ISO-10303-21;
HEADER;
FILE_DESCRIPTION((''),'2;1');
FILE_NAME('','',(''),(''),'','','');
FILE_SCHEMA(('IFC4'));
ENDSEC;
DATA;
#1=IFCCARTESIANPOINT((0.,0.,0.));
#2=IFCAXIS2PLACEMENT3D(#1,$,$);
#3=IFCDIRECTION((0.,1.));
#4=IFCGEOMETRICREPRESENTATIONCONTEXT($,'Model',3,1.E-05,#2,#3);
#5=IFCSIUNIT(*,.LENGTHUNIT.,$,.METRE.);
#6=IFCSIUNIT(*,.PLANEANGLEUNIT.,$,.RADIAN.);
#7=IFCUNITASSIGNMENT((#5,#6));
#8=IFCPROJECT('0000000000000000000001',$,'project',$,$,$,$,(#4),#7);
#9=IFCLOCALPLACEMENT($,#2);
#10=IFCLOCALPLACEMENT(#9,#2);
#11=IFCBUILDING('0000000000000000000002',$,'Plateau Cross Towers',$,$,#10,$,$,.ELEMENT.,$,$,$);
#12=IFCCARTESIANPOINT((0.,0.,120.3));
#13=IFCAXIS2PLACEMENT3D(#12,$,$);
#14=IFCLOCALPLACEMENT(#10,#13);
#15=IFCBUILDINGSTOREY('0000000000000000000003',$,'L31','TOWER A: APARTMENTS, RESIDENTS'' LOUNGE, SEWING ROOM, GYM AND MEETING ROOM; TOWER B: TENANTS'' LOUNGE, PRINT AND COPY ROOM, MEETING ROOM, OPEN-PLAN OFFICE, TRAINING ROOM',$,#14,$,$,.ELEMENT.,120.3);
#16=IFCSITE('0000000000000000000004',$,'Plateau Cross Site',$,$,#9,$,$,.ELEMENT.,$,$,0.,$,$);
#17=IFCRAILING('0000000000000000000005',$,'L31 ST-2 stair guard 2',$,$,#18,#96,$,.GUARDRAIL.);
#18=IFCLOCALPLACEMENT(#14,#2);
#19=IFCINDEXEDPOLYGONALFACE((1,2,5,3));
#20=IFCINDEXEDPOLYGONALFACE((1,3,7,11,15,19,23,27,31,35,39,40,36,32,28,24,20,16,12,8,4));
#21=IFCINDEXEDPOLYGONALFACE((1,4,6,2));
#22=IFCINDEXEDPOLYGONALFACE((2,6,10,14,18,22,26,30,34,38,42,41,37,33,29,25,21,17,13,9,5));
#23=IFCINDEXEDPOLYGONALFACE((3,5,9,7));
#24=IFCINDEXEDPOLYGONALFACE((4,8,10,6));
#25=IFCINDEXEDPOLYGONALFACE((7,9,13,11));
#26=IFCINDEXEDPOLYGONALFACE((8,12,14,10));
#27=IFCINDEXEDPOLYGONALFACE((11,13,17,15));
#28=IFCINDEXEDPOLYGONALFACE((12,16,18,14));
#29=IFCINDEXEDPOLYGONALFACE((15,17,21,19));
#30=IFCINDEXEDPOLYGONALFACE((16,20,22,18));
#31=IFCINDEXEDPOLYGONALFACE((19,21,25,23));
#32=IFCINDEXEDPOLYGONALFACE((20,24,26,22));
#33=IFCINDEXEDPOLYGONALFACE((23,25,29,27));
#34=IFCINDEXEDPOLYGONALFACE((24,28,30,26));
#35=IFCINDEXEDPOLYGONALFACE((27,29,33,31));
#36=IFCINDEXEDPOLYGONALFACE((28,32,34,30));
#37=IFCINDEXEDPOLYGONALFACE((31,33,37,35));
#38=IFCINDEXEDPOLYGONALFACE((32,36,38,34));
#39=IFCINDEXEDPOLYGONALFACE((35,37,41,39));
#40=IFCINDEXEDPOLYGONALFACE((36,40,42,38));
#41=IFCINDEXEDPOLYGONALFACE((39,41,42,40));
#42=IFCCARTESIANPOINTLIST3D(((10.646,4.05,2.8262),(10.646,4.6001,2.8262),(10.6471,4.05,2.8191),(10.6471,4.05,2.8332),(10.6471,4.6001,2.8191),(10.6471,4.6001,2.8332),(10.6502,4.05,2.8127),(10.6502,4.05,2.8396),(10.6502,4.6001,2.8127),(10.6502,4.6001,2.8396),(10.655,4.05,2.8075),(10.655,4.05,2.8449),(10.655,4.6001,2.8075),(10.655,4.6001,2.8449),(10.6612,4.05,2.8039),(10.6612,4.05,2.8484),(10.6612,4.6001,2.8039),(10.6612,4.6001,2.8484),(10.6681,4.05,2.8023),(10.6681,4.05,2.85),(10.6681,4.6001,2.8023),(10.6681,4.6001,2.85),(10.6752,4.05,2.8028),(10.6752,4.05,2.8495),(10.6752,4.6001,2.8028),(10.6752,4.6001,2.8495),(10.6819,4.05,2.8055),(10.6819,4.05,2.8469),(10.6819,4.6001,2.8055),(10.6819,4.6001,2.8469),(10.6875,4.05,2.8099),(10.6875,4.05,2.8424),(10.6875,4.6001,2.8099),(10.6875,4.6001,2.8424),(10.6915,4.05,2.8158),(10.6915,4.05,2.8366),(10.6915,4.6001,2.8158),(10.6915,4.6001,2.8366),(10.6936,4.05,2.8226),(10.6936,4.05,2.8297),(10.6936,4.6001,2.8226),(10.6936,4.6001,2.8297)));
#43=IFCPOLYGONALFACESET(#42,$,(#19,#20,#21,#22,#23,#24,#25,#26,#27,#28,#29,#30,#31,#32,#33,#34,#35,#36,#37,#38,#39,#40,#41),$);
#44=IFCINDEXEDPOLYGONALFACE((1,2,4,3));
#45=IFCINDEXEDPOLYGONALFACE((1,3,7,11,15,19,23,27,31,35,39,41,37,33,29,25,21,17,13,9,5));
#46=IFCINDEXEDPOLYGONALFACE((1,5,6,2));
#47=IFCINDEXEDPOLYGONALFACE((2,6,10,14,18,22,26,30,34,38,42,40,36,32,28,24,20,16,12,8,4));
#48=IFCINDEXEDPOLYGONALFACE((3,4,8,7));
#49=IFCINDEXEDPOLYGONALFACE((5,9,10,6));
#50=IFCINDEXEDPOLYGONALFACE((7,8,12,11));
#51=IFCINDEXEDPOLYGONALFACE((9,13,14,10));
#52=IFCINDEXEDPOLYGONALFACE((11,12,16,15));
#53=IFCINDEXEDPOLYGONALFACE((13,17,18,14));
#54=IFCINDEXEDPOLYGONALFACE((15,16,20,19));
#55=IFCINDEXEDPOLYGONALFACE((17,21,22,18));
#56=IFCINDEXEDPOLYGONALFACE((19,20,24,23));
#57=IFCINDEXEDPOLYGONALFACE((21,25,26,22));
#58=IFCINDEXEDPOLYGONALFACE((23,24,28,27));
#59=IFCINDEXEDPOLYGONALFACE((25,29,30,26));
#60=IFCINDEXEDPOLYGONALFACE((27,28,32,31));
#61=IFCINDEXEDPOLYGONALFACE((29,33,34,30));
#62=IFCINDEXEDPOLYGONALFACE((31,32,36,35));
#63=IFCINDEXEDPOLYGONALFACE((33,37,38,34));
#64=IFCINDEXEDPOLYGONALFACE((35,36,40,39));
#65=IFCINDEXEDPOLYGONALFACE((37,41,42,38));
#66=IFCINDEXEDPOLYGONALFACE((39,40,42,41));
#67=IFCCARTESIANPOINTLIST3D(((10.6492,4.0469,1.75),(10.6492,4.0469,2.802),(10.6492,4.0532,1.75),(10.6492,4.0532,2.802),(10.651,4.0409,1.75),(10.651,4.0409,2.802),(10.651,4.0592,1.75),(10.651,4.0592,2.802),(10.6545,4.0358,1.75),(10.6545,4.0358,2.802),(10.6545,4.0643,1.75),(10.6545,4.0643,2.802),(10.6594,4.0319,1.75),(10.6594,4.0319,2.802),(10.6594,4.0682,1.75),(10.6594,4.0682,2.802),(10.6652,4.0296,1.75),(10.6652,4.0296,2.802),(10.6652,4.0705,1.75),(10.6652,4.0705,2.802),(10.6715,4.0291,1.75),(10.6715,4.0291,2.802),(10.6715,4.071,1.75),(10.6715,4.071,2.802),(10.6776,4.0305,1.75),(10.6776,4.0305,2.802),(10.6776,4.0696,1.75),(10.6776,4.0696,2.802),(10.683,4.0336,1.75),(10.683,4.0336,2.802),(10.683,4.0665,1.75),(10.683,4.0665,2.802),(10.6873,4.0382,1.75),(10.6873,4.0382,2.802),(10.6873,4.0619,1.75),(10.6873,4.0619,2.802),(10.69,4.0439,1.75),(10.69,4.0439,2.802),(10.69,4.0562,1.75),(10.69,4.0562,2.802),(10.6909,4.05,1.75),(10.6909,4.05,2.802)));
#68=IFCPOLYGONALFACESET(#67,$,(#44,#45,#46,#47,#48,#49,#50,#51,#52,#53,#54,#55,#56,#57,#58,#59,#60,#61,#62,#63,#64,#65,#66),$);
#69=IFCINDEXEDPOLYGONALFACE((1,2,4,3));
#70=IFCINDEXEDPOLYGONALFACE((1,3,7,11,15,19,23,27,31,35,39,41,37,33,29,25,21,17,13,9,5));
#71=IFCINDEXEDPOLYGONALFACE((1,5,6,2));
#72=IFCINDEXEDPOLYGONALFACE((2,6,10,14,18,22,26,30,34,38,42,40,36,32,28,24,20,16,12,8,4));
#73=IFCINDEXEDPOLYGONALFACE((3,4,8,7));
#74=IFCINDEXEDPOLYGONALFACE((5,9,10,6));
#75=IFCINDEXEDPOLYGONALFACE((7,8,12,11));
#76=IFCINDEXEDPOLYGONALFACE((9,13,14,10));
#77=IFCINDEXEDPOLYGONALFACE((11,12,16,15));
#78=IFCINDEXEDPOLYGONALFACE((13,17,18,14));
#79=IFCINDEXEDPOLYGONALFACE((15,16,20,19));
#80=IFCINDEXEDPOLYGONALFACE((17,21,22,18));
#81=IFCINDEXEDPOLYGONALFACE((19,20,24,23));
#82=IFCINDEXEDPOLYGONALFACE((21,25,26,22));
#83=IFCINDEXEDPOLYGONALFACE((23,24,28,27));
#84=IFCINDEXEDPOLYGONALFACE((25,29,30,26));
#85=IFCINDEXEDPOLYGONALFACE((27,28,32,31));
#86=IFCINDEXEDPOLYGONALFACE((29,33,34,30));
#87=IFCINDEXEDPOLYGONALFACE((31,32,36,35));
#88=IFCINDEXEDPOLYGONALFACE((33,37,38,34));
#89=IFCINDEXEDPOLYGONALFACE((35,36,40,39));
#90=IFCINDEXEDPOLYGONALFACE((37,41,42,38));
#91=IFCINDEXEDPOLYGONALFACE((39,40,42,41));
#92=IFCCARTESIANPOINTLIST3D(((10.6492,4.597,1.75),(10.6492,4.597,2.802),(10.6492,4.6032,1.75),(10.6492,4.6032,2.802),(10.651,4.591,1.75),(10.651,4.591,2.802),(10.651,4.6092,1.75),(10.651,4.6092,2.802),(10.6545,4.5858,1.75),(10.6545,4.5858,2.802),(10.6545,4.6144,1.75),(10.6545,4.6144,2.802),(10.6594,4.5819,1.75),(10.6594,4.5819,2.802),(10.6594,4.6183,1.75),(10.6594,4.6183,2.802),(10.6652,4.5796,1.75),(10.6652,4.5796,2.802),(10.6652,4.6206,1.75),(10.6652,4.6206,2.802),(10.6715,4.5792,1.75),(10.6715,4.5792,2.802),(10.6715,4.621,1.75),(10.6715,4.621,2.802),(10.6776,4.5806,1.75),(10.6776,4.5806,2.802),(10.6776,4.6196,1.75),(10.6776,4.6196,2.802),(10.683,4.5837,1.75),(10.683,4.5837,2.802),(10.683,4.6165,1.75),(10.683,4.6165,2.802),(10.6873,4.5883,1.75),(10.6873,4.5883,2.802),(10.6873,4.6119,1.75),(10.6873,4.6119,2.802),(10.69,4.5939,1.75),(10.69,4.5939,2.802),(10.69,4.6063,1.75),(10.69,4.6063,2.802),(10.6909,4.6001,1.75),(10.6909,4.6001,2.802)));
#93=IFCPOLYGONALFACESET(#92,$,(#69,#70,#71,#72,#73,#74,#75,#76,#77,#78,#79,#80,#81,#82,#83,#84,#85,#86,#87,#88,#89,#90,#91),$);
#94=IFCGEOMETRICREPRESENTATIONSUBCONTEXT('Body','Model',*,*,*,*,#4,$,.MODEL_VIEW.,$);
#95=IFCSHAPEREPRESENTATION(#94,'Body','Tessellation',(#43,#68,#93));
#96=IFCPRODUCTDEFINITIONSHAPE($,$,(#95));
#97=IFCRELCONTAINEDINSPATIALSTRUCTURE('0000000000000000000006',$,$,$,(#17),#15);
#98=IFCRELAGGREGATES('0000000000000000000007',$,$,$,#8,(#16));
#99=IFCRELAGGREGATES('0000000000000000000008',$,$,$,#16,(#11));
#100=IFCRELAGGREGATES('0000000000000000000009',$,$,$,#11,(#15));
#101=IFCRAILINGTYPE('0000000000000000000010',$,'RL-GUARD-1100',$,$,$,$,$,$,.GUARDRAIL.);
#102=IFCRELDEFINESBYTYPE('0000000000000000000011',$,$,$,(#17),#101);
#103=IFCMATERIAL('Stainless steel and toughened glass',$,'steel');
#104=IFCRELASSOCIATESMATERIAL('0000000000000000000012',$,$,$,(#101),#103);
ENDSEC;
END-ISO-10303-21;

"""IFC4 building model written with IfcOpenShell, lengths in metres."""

from ifc_helpers import new_model, si_unit, direction, frame, origin, origin_2d, place, context, subcontext, project, spatial, circle, extrude, material, type_object, element, save


model = new_model("IFC4")

# Units and contexts
model_context = context("Model", 3, precision=1e-05, world=origin(), true_north=direction((0.0, 1.0)))
body_context = subcontext(model_context, "Body", "Model", "MODEL_VIEW")
ifc_project = project(units=[si_unit("LENGTHUNIT", "METRE"), si_unit("PLANEANGLEUNIT", "RADIAN")], contexts=[model_context])

# Site, building, storey
site_placement = place(None, origin())
site = spatial("IfcSite", under=ifc_project, at=site_placement, Name="Plateau Cross Site", CompositionType="ELEMENT", RefElevation=0.0)
building_placement = place(site_placement, origin())
building = spatial("IfcBuilding", under=site, at=building_placement, Name="Plateau Cross Towers", CompositionType="ELEMENT")
storey_placement = place(building_placement, frame((0.0, 0.0, 120.3)))
storey = spatial("IfcBuildingStorey", under=building, at=storey_placement, Name="L31", Description="TOWER A: APARTMENTS, RESIDENTS' LOUNGE, SEWING ROOM, GYM AND MEETING ROOM; TOWER B: TENANTS' LOUNGE, PRINT AND COPY ROOM, MEETING ROOM, OPEN-PLAN OFFICE, TRAINING ROOM", CompositionType="ELEMENT", Elevation=120.3)

# Railing
ifc_material_1 = material(Name="Stainless steel and toughened glass", Category="steel")
railing_type_1 = type_object("IfcRailingType", Name="RL-GUARD-1100", PredefinedType="GUARDRAIL", material=ifc_material_1)
railing_1_placement = place(storey_placement, frame((10.6699, 4.05, 1.75)))
element("IfcRailing", 1, at=railing_1_placement, inside=storey, type_object=railing_type_1, Name="L31 ST-2 stair guard 2", PredefinedType="GUARDRAIL", context=body_context, shape_type="SweptSolid", body=[
    extrude(circle(Radius=0.0239, at=origin_2d()), frame((0.0, 0.0, 1.0762), z_axis=(0.0, 1.0, 0.0), x_axis=(-1.0, 0.0, 0.0)), (0.0, 0.0, 1.0), 0.55),
    extrude(circle(Radius=0.021, at=origin_2d()), origin(), (0.0, 0.0, 1.0), 1.052),
    extrude(circle(Radius=0.021, at=origin_2d()), frame((0.0, 0.55, 0.0)), (0.0, 0.0, 1.0), 1.052),
])

save(model, "model.ifc")
